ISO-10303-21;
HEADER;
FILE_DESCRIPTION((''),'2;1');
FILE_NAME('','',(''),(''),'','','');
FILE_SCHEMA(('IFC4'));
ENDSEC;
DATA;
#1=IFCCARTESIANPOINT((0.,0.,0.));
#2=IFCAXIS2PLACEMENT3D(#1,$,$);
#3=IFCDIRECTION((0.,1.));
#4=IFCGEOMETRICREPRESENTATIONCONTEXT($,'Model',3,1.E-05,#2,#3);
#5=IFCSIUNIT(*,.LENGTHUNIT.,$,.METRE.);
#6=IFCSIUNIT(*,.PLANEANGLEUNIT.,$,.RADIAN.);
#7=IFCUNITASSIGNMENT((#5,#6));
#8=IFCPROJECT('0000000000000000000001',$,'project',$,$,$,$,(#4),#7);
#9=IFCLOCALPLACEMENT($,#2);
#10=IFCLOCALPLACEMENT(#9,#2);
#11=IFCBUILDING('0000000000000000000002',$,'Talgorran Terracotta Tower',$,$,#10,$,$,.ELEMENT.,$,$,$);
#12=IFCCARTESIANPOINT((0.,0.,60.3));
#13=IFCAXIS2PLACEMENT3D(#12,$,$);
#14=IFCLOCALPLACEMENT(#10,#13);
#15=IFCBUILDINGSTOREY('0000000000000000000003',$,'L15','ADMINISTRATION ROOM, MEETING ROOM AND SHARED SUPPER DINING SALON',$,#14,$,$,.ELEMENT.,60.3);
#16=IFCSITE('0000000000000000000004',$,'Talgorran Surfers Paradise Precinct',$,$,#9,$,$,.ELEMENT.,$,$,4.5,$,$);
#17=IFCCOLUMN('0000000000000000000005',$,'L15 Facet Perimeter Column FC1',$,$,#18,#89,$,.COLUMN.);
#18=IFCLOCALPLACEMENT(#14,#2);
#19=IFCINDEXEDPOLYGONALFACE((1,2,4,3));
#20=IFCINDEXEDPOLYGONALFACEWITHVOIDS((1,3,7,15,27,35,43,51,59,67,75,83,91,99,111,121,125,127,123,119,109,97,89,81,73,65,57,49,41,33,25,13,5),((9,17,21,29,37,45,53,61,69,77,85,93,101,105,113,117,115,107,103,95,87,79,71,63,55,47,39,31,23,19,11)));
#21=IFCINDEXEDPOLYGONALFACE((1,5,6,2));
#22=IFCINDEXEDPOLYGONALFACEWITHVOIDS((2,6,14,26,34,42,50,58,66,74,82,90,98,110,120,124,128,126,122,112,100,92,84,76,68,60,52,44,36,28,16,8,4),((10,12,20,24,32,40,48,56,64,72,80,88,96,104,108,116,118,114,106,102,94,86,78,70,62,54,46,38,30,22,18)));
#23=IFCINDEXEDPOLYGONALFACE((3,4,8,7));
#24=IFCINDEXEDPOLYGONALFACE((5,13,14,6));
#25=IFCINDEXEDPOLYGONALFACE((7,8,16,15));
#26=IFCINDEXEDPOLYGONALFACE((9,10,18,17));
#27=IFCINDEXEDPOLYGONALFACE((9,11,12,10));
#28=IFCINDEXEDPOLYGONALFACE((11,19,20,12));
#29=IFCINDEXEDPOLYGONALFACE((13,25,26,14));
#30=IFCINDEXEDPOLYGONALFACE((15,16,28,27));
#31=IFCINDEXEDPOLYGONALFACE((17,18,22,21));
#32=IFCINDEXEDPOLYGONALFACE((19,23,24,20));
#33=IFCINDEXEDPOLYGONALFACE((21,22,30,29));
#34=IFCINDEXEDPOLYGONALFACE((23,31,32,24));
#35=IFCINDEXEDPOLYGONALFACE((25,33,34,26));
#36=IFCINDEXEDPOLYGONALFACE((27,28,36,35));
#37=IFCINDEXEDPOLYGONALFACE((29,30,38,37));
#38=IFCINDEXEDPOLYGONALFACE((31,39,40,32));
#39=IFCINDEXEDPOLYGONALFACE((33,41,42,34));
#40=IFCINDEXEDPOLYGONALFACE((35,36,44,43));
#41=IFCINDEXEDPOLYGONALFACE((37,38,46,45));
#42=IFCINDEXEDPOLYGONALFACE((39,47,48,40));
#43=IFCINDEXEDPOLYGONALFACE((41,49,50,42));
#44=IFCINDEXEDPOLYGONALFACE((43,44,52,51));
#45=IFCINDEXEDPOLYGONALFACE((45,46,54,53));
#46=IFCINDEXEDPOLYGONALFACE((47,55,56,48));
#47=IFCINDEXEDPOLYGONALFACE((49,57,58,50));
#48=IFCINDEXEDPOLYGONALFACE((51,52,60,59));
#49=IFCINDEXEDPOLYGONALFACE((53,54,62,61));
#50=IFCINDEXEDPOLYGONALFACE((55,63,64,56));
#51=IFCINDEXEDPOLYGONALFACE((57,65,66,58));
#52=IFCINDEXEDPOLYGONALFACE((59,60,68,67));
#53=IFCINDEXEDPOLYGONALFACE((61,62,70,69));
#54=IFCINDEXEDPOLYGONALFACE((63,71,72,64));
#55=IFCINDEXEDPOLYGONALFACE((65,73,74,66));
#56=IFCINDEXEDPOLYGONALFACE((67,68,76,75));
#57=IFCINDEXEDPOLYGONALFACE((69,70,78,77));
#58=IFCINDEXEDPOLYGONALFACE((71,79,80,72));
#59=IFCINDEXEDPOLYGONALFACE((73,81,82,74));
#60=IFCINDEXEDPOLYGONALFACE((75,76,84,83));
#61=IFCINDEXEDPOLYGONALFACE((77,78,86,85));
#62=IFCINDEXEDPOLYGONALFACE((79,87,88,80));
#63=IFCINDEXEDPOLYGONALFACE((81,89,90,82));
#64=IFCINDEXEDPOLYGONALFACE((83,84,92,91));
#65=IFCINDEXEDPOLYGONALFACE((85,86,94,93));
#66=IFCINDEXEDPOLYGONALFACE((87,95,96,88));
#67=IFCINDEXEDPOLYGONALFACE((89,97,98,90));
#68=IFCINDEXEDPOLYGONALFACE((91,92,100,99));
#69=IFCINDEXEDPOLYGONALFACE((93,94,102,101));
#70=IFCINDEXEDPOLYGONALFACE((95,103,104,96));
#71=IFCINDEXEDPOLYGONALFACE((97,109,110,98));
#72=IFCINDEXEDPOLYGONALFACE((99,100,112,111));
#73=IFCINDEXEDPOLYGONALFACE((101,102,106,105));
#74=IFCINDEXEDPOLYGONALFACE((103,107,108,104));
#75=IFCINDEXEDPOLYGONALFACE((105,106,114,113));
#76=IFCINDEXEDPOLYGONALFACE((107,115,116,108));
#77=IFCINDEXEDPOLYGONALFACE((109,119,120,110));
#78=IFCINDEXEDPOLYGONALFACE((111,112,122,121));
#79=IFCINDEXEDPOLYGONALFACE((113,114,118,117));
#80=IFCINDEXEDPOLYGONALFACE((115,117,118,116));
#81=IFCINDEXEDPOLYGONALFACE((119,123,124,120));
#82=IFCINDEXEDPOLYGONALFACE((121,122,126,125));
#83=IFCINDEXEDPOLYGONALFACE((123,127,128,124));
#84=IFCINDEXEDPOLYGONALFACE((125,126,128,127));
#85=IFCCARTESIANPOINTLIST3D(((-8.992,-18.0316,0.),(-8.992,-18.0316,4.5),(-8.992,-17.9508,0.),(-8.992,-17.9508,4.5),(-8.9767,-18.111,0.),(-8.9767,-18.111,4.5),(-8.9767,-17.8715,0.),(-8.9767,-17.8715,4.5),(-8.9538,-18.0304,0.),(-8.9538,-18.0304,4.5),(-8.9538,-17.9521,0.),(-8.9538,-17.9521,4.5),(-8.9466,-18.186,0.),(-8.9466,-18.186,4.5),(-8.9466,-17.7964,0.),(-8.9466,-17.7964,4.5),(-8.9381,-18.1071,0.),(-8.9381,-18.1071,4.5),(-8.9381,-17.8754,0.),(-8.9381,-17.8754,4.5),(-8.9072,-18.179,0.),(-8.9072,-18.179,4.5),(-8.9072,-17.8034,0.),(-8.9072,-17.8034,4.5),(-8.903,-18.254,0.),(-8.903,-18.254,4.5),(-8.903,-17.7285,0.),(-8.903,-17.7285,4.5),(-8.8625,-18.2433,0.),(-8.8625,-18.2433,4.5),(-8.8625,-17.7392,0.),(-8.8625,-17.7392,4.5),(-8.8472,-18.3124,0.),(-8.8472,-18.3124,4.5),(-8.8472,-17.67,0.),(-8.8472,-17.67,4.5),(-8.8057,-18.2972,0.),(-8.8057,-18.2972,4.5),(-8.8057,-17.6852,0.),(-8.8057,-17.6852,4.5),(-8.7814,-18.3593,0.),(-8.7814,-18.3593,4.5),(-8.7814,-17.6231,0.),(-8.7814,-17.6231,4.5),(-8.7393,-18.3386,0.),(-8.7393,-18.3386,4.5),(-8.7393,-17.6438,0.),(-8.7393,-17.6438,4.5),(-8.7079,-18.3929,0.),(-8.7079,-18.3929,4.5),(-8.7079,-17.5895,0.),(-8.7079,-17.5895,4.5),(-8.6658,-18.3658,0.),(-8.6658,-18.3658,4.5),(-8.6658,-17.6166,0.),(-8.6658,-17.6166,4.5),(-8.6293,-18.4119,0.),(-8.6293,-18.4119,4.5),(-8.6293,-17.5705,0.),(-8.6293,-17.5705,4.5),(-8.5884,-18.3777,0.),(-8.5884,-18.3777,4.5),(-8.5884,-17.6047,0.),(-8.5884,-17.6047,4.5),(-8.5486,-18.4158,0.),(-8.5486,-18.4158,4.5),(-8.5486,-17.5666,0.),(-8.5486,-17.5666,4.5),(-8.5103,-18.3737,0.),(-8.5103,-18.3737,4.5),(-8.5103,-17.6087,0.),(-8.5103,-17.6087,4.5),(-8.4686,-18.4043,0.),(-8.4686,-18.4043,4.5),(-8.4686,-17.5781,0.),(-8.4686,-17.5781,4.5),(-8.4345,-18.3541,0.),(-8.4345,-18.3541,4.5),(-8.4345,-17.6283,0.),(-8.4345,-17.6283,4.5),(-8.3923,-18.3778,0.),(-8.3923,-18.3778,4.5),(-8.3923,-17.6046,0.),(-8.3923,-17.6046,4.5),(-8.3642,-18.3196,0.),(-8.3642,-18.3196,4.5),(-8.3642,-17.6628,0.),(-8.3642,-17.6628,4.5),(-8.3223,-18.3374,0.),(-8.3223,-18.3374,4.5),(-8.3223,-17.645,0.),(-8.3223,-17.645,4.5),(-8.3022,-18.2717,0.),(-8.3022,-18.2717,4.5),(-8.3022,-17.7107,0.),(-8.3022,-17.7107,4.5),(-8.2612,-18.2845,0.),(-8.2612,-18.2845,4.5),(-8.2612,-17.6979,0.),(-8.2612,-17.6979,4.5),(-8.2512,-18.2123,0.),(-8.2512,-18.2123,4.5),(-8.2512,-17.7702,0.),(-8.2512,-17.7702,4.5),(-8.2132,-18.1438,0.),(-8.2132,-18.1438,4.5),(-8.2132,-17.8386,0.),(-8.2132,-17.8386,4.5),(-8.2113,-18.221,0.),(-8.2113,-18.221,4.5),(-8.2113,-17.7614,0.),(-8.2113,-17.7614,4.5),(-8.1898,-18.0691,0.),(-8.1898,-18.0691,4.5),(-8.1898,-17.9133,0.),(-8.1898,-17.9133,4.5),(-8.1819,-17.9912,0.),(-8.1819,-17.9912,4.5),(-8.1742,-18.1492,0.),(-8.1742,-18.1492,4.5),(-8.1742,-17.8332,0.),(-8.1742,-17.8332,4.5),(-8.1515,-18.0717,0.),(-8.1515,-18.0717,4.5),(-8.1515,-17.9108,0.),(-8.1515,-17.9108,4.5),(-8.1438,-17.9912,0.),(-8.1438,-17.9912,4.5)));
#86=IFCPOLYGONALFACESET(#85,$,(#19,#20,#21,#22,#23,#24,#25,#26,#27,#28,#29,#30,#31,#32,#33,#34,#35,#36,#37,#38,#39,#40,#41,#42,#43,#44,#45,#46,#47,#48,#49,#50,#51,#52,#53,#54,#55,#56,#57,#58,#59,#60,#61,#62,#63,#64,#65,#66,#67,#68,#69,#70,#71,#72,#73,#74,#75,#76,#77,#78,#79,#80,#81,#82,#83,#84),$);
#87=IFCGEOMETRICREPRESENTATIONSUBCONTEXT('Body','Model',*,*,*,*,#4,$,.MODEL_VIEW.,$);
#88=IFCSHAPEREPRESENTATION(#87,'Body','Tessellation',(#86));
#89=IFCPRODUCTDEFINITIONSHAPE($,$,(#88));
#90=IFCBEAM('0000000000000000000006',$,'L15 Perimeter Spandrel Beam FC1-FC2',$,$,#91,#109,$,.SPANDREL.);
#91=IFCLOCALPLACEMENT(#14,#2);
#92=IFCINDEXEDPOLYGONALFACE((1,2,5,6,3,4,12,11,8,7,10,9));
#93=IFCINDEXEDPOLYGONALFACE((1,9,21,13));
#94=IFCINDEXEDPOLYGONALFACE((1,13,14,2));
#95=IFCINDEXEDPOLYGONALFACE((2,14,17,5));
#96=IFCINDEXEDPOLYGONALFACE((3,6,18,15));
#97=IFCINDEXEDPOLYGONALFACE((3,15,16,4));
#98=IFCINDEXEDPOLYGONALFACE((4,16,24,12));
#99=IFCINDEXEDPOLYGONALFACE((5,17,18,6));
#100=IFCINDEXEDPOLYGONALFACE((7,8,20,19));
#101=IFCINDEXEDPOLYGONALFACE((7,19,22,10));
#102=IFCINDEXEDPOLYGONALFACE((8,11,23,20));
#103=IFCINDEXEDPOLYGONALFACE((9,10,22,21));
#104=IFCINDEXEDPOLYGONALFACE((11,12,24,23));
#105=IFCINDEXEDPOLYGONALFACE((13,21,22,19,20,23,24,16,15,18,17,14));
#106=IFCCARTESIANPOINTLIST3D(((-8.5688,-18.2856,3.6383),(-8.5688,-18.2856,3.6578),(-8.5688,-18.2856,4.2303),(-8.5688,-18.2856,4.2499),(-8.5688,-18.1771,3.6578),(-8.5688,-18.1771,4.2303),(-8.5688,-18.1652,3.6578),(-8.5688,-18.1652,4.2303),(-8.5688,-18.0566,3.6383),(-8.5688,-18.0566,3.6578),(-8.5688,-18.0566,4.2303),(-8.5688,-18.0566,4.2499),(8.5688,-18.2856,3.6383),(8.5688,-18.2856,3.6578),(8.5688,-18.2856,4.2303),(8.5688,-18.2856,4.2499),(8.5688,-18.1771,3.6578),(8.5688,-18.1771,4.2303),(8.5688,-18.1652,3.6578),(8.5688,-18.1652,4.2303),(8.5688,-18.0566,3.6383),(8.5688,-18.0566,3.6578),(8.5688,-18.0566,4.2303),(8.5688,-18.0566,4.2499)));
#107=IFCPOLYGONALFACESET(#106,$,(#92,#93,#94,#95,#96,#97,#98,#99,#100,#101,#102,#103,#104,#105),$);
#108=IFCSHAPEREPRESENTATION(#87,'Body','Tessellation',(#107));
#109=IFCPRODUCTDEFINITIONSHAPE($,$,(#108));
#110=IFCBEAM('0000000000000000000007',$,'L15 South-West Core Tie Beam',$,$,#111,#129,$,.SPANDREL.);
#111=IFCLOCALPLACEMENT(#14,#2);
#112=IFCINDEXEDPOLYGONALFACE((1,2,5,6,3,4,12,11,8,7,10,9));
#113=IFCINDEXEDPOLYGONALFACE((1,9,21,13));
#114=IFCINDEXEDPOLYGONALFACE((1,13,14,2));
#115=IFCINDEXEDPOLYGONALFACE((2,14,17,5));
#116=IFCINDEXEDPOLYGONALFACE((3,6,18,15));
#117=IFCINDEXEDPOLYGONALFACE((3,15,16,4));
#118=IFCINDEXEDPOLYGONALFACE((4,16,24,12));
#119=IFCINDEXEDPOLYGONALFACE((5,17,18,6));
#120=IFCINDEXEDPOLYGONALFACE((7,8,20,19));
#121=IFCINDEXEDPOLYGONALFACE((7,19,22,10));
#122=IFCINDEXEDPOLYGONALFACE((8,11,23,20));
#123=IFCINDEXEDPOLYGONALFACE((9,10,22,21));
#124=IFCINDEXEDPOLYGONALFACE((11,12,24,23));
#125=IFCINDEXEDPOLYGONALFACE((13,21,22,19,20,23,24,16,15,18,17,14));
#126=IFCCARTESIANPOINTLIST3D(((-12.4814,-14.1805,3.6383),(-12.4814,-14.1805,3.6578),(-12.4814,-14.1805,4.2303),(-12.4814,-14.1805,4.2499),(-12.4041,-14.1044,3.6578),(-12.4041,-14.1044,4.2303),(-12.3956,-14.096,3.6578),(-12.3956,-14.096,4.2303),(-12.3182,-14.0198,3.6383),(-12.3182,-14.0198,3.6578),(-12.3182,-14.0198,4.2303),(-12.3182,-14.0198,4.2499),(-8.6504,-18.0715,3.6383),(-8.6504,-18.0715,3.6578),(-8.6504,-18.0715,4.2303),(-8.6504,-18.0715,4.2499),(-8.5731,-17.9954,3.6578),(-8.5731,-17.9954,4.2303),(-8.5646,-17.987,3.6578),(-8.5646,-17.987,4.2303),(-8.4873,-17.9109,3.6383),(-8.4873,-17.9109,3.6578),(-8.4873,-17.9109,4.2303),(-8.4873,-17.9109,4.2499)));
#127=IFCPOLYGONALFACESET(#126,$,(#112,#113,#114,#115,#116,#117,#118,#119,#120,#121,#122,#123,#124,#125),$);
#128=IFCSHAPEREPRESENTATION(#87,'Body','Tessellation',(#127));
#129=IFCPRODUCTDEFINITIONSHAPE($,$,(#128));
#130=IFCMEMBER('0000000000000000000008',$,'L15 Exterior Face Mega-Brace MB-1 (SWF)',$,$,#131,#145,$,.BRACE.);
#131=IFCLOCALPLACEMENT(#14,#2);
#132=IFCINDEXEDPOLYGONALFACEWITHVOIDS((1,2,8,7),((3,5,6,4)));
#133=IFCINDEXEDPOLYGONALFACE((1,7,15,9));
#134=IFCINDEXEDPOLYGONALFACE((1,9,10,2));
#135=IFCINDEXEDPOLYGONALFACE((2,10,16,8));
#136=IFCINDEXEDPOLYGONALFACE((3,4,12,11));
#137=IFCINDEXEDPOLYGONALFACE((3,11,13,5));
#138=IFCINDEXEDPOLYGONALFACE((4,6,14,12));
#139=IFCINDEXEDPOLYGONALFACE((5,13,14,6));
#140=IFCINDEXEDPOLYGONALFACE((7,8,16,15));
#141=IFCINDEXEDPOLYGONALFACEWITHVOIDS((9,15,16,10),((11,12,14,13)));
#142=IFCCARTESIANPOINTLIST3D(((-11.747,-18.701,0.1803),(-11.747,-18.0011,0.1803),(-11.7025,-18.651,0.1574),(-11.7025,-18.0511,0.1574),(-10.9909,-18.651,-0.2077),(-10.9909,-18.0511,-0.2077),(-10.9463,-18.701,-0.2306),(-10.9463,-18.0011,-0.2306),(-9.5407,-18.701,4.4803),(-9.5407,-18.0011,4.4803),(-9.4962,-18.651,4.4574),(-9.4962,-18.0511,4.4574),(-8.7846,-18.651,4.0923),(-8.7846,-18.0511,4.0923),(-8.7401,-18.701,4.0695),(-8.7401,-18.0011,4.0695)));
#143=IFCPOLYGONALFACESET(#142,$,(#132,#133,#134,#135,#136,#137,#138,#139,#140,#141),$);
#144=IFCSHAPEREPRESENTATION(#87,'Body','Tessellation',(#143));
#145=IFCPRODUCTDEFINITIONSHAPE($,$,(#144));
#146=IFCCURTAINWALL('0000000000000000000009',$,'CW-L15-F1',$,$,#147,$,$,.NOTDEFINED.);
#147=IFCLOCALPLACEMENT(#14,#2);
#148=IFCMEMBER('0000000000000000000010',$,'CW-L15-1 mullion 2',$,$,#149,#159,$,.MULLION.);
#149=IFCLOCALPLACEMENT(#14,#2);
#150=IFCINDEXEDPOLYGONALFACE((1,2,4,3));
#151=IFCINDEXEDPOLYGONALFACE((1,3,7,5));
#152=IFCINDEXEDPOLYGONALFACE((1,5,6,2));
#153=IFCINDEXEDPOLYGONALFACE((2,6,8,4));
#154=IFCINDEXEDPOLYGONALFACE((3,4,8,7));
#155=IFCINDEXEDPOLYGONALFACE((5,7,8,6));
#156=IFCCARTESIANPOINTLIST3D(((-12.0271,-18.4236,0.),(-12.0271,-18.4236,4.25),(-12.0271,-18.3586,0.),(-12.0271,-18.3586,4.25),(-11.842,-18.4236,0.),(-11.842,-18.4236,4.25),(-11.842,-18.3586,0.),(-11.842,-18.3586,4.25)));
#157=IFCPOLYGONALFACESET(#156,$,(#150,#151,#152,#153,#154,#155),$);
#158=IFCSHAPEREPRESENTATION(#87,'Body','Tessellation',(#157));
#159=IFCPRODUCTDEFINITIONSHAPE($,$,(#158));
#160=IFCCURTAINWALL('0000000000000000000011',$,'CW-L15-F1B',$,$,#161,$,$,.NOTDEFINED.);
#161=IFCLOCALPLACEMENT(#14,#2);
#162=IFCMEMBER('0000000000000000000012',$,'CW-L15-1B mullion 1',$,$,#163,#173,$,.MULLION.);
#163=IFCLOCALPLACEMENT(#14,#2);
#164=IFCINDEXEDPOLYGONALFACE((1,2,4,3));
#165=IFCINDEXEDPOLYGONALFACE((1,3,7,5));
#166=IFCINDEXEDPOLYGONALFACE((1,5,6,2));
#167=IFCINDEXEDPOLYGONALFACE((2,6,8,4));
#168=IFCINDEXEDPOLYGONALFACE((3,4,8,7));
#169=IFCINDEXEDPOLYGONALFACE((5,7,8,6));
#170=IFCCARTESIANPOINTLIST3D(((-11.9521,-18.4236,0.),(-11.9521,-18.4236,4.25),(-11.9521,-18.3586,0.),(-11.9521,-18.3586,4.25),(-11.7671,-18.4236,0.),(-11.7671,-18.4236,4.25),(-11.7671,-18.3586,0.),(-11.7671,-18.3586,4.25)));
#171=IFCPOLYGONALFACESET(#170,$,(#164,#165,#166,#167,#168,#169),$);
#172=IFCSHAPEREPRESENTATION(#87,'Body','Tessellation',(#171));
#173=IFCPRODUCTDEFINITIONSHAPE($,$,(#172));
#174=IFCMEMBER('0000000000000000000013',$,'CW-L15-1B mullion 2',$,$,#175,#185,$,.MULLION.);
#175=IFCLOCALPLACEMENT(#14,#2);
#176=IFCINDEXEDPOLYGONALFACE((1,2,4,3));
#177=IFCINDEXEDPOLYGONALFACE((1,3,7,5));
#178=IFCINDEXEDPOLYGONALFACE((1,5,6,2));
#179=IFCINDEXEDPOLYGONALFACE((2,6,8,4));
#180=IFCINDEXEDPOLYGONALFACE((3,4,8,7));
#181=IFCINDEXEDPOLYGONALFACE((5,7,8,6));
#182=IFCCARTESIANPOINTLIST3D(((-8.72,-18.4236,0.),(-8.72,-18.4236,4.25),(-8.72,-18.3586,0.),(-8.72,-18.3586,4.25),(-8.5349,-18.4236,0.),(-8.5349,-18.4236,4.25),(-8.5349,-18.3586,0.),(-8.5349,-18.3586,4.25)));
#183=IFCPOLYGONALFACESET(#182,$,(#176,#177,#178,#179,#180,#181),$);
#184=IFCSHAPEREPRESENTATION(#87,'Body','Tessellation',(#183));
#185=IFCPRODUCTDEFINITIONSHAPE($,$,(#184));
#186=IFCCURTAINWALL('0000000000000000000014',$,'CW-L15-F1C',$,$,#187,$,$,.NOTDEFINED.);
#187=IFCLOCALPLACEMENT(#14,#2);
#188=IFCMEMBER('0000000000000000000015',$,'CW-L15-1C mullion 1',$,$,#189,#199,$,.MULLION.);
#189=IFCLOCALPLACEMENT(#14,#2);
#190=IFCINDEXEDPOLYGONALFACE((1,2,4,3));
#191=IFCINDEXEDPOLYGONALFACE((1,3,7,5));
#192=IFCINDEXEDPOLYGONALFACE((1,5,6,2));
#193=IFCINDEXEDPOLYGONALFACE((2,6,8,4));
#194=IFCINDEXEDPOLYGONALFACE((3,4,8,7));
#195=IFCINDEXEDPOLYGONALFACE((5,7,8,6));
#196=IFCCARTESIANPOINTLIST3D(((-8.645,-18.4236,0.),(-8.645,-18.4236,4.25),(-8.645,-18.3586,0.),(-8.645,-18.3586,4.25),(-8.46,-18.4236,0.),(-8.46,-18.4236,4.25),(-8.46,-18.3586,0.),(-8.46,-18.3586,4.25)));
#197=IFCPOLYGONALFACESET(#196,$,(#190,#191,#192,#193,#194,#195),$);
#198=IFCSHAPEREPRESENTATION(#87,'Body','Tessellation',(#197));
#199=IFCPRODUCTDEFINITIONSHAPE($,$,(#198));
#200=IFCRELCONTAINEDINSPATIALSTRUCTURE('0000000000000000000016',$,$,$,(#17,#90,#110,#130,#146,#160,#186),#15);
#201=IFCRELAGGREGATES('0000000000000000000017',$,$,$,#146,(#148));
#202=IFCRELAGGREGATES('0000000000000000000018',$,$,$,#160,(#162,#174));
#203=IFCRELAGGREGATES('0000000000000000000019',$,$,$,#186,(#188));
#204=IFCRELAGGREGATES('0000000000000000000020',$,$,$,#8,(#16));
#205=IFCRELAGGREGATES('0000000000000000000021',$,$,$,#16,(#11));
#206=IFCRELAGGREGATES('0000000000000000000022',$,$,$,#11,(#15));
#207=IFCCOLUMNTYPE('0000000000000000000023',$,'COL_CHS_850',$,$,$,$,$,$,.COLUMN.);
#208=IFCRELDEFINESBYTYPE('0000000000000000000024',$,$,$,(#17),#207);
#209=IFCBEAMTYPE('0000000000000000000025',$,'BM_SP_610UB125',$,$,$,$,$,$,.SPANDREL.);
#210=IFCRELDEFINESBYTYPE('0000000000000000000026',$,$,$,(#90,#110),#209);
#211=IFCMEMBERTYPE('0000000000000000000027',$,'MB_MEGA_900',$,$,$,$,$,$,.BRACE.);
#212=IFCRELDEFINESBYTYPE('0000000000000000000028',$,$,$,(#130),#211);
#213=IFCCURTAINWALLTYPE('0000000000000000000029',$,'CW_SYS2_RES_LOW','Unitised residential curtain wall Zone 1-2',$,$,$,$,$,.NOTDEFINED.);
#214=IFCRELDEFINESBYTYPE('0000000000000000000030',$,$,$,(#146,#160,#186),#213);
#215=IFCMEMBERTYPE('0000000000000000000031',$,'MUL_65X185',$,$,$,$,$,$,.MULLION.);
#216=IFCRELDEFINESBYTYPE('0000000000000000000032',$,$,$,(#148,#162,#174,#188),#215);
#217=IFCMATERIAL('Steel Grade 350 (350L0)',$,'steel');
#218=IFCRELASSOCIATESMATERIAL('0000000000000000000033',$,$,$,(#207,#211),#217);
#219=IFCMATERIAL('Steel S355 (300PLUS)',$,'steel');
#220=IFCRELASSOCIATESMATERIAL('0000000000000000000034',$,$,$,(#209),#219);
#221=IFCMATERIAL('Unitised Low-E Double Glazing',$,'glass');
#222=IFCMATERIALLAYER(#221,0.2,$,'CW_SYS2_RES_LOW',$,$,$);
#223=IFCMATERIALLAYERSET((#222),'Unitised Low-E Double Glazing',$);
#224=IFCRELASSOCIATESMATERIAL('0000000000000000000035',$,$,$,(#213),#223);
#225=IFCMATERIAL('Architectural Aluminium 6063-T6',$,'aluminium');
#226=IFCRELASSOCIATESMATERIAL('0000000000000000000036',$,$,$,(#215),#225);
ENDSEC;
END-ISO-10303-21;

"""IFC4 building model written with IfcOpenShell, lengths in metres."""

from ifc_helpers import new_model, si_unit, direction, frame, origin, origin_2d, place, context, subcontext, project, spatial, rectangle, hollow_rectangle, hollow_circle, i_section, extrude, material, layer, layer_set, material_profile, profile_set, type_object, element, aggregate, save


model = new_model("IFC4")

# Units and contexts
model_context = context("Model", 3, precision=1e-05, world=origin(), true_north=direction((0.0, 1.0)))
body_context = subcontext(model_context, "Body", "Model", "MODEL_VIEW")
ifc_project = project(units=[si_unit("LENGTHUNIT", "METRE"), si_unit("PLANEANGLEUNIT", "RADIAN")], contexts=[model_context])

# Site, building, storey
site_placement = place(None, origin())
site = spatial("IfcSite", under=ifc_project, at=site_placement, Name="Talgorran Surfers Paradise Precinct", CompositionType="ELEMENT", RefElevation=4.5)
building_placement = place(site_placement, origin())
building = spatial("IfcBuilding", under=site, at=building_placement, Name="Talgorran Terracotta Tower", CompositionType="ELEMENT")
storey_placement = place(building_placement, frame((0.0, 0.0, 60.3)))
storey = spatial("IfcBuildingStorey", under=building, at=storey_placement, Name="L15", Description="ADMINISTRATION ROOM, MEETING ROOM AND SHARED SUPPER DINING SALON", CompositionType="ELEMENT", Elevation=60.3)

# Column
ifc_material_1 = material(Name="Steel Grade 350 (350L0)", Category="steel")
ifc_material_profile_1 = material_profile(ifc_material_1, hollow_circle(Radius=0.425, WallThickness=0.0381, at=origin_2d()), Name="CHS850X38")
ifc_profile_set_1 = profile_set([ifc_material_profile_1], Name="Steel Grade 350 (350L0)")
column_type = type_object("IfcColumnType", Name="COL_CHS_850", PredefinedType="COLUMN", material=ifc_profile_set_1)
column_placement = place(storey_placement, frame((-8.5688, -17.9912, 0.0), z_axis=(0.0, 0.0, 1.0), x_axis=(1.0, 0.0, 0.0)))
element("IfcColumn", 1, at=column_placement, inside=storey, type_object=column_type, Name="L15 Facet Perimeter Column FC1", PredefinedType="COLUMN", context=body_context, shape_type="SweptSolid", body=[
    extrude(hollow_circle(Radius=0.425, WallThickness=0.0381, at=origin_2d()), origin(), (0.0, 0.0, 1.0), 4.5),
])

# Beams
ifc_material_2 = material(Name="Steel S355 (300PLUS)", Category="steel")
ifc_material_profile_2 = material_profile(ifc_material_2, i_section(OverallWidth=0.229, OverallDepth=0.6116, WebThickness=0.012, FlangeThickness=0.0195, at=origin_2d()), Name="610UB125")
ifc_profile_set_2 = profile_set([ifc_material_profile_2], Name="Steel S355 (300PLUS)")
beam_type = type_object("IfcBeamType", Name="BM_SP_610UB125", PredefinedType="SPANDREL", material=ifc_profile_set_2)
beam_1_placement = place(storey_placement, frame((-8.5688, -18.1711, 3.9441), z_axis=(1.0, 0.0, 0.0), x_axis=(0.0, 1.0, 0.0)))
element("IfcBeam", 2, at=beam_1_placement, inside=storey, type_object=beam_type, Name="L15 Perimeter Spandrel Beam FC1-FC2", PredefinedType="SPANDREL", context=body_context, shape_type="SweptSolid", body=[
    extrude(i_section(OverallWidth=0.229, OverallDepth=0.6116, WebThickness=0.012, FlangeThickness=0.0195, at=origin_2d()), origin(), (0.0, 0.0, 1.0), 17.1377),
])
beam_2_placement = place(storey_placement, frame((-8.5688, -17.9912, 3.9441), z_axis=(-0.701586, 0.712585, 0.0), x_axis=(-0.712585, -0.701586, 0.0)))
element("IfcBeam", 3, at=beam_2_placement, inside=storey, type_object=beam_type, Name="L15 South-West Core Tie Beam", PredefinedType="SPANDREL", context=body_context, shape_type="SweptSolid", body=[
    extrude(i_section(OverallWidth=0.229, OverallDepth=0.6116, WebThickness=0.012, FlangeThickness=0.0195, at=origin_2d()), origin(), (0.0, 0.0, 1.0), 5.4604),
])

# Member
ifc_material_profile_3 = material_profile(ifc_material_1, hollow_rectangle(XDim=0.7, YDim=0.8999, WallThickness=0.05, at=origin_2d()), Name="WBOX900X700X50")
ifc_profile_set_3 = profile_set([ifc_material_profile_3], Name="Steel Grade 350 (350L0)")
member_type_1 = type_object("IfcMemberType", Name="MB_MEGA_900", PredefinedType="BRACE", material=ifc_profile_set_3)
member_1_placement = place(storey_placement, frame((-11.3467, -18.3511, -0.0251), z_axis=(0.456504, 0.0, 0.889721), x_axis=(0.0, 1.0, 0.0)))
element("IfcMember", 4, at=member_1_placement, inside=storey, type_object=member_type_1, Name="L15 Exterior Face Mega-Brace MB-1 (SWF)", PredefinedType="BRACE", context=body_context, shape_type="SweptSolid", body=[
    extrude(hollow_rectangle(XDim=0.7, YDim=0.8999, WallThickness=0.05, at=origin_2d()), origin(), (0.0, 0.0, 1.0), 4.833),
])

# Curtain wall, member
ifc_material_3 = material(Name="Unitised Low-E Double Glazing", Category="glass")
ifc_layer_1 = layer(ifc_material_3, 0.2, Name="CW_SYS2_RES_LOW")
ifc_layer_set_1 = layer_set([ifc_layer_1], Name="Unitised Low-E Double Glazing")
curtain_wall_type = type_object("IfcCurtainWallType", Name="CW_SYS2_RES_LOW", Description="Unitised residential curtain wall Zone 1-2", PredefinedType="NOTDEFINED", material=ifc_layer_set_1)
curtain_wall_1_placement = place(storey_placement, origin())
curtain_wall_1 = element("IfcCurtainWall", 5, at=curtain_wall_1_placement, inside=storey, type_object=curtain_wall_type, Name="CW-L15-F1", PredefinedType="NOTDEFINED")
ifc_material_4 = material(Name="Architectural Aluminium 6063-T6", Category="aluminium")
ifc_material_profile_4 = material_profile(ifc_material_4, rectangle(XDim=0.0649, YDim=0.1851, at=origin_2d()), Name="CWM65X185")
ifc_profile_set_4 = profile_set([ifc_material_profile_4], Name="Architectural Aluminium 6063-T6")
member_type_2 = type_object("IfcMemberType", Name="MUL_65X185", PredefinedType="MULLION", material=ifc_profile_set_4)
member_2_placement = place(storey_placement, frame((-11.9346, -18.3911, 0.0), z_axis=(0.0, 0.0, 1.0), x_axis=(0.0, 1.0, 0.0)))
member_2 = element("IfcMember", 6, at=member_2_placement, type_object=member_type_2, Name="CW-L15-1 mullion 2", PredefinedType="MULLION", context=body_context, shape_type="SweptSolid", body=[
    extrude(rectangle(XDim=0.0649, YDim=0.1851, at=origin_2d()), origin(), (0.0, 0.0, 1.0), 4.25),
])
aggregate(curtain_wall_1, [member_2])

# Curtain wall, members
curtain_wall_2_placement = place(storey_placement, origin())
curtain_wall_2 = element("IfcCurtainWall", 7, at=curtain_wall_2_placement, inside=storey, type_object=curtain_wall_type, Name="CW-L15-F1B", PredefinedType="NOTDEFINED")
member_3_placement = place(storey_placement, frame((-11.8596, -18.3911, 0.0), z_axis=(0.0, 0.0, 1.0), x_axis=(0.0, 1.0, 0.0)))
member_3 = element("IfcMember", 8, at=member_3_placement, type_object=member_type_2, Name="CW-L15-1B mullion 1", PredefinedType="MULLION", context=body_context, shape_type="SweptSolid", body=[
    extrude(rectangle(XDim=0.0649, YDim=0.1851, at=origin_2d()), origin(), (0.0, 0.0, 1.0), 4.25),
])
member_4_placement = place(storey_placement, frame((-8.6274, -18.3911, 0.0), z_axis=(0.0, 0.0, 1.0), x_axis=(0.0, 1.0, 0.0)))
member_4 = element("IfcMember", 9, at=member_4_placement, type_object=member_type_2, Name="CW-L15-1B mullion 2", PredefinedType="MULLION", context=body_context, shape_type="SweptSolid", body=[
    extrude(rectangle(XDim=0.0649, YDim=0.1851, at=origin_2d()), origin(), (0.0, 0.0, 1.0), 4.25),
])

# Curtain wall, member
curtain_wall_3_placement = place(storey_placement, origin())
curtain_wall_3 = element("IfcCurtainWall", 10, at=curtain_wall_3_placement, inside=storey, type_object=curtain_wall_type, Name="CW-L15-F1C", PredefinedType="NOTDEFINED")
member_5_placement = place(storey_placement, frame((-8.5525, -18.3911, 0.0), z_axis=(0.0, 0.0, 1.0), x_axis=(0.0, 1.0, 0.0)))
member_5 = element("IfcMember", 11, at=member_5_placement, type_object=member_type_2, Name="CW-L15-1C mullion 1", PredefinedType="MULLION", context=body_context, shape_type="SweptSolid", body=[
    extrude(rectangle(XDim=0.0649, YDim=0.1851, at=origin_2d()), origin(), (0.0, 0.0, 1.0), 4.25),
])

aggregate(curtain_wall_2, [member_3, member_4])
aggregate(curtain_wall_3, [member_5])

save(model, "model.ifc")
